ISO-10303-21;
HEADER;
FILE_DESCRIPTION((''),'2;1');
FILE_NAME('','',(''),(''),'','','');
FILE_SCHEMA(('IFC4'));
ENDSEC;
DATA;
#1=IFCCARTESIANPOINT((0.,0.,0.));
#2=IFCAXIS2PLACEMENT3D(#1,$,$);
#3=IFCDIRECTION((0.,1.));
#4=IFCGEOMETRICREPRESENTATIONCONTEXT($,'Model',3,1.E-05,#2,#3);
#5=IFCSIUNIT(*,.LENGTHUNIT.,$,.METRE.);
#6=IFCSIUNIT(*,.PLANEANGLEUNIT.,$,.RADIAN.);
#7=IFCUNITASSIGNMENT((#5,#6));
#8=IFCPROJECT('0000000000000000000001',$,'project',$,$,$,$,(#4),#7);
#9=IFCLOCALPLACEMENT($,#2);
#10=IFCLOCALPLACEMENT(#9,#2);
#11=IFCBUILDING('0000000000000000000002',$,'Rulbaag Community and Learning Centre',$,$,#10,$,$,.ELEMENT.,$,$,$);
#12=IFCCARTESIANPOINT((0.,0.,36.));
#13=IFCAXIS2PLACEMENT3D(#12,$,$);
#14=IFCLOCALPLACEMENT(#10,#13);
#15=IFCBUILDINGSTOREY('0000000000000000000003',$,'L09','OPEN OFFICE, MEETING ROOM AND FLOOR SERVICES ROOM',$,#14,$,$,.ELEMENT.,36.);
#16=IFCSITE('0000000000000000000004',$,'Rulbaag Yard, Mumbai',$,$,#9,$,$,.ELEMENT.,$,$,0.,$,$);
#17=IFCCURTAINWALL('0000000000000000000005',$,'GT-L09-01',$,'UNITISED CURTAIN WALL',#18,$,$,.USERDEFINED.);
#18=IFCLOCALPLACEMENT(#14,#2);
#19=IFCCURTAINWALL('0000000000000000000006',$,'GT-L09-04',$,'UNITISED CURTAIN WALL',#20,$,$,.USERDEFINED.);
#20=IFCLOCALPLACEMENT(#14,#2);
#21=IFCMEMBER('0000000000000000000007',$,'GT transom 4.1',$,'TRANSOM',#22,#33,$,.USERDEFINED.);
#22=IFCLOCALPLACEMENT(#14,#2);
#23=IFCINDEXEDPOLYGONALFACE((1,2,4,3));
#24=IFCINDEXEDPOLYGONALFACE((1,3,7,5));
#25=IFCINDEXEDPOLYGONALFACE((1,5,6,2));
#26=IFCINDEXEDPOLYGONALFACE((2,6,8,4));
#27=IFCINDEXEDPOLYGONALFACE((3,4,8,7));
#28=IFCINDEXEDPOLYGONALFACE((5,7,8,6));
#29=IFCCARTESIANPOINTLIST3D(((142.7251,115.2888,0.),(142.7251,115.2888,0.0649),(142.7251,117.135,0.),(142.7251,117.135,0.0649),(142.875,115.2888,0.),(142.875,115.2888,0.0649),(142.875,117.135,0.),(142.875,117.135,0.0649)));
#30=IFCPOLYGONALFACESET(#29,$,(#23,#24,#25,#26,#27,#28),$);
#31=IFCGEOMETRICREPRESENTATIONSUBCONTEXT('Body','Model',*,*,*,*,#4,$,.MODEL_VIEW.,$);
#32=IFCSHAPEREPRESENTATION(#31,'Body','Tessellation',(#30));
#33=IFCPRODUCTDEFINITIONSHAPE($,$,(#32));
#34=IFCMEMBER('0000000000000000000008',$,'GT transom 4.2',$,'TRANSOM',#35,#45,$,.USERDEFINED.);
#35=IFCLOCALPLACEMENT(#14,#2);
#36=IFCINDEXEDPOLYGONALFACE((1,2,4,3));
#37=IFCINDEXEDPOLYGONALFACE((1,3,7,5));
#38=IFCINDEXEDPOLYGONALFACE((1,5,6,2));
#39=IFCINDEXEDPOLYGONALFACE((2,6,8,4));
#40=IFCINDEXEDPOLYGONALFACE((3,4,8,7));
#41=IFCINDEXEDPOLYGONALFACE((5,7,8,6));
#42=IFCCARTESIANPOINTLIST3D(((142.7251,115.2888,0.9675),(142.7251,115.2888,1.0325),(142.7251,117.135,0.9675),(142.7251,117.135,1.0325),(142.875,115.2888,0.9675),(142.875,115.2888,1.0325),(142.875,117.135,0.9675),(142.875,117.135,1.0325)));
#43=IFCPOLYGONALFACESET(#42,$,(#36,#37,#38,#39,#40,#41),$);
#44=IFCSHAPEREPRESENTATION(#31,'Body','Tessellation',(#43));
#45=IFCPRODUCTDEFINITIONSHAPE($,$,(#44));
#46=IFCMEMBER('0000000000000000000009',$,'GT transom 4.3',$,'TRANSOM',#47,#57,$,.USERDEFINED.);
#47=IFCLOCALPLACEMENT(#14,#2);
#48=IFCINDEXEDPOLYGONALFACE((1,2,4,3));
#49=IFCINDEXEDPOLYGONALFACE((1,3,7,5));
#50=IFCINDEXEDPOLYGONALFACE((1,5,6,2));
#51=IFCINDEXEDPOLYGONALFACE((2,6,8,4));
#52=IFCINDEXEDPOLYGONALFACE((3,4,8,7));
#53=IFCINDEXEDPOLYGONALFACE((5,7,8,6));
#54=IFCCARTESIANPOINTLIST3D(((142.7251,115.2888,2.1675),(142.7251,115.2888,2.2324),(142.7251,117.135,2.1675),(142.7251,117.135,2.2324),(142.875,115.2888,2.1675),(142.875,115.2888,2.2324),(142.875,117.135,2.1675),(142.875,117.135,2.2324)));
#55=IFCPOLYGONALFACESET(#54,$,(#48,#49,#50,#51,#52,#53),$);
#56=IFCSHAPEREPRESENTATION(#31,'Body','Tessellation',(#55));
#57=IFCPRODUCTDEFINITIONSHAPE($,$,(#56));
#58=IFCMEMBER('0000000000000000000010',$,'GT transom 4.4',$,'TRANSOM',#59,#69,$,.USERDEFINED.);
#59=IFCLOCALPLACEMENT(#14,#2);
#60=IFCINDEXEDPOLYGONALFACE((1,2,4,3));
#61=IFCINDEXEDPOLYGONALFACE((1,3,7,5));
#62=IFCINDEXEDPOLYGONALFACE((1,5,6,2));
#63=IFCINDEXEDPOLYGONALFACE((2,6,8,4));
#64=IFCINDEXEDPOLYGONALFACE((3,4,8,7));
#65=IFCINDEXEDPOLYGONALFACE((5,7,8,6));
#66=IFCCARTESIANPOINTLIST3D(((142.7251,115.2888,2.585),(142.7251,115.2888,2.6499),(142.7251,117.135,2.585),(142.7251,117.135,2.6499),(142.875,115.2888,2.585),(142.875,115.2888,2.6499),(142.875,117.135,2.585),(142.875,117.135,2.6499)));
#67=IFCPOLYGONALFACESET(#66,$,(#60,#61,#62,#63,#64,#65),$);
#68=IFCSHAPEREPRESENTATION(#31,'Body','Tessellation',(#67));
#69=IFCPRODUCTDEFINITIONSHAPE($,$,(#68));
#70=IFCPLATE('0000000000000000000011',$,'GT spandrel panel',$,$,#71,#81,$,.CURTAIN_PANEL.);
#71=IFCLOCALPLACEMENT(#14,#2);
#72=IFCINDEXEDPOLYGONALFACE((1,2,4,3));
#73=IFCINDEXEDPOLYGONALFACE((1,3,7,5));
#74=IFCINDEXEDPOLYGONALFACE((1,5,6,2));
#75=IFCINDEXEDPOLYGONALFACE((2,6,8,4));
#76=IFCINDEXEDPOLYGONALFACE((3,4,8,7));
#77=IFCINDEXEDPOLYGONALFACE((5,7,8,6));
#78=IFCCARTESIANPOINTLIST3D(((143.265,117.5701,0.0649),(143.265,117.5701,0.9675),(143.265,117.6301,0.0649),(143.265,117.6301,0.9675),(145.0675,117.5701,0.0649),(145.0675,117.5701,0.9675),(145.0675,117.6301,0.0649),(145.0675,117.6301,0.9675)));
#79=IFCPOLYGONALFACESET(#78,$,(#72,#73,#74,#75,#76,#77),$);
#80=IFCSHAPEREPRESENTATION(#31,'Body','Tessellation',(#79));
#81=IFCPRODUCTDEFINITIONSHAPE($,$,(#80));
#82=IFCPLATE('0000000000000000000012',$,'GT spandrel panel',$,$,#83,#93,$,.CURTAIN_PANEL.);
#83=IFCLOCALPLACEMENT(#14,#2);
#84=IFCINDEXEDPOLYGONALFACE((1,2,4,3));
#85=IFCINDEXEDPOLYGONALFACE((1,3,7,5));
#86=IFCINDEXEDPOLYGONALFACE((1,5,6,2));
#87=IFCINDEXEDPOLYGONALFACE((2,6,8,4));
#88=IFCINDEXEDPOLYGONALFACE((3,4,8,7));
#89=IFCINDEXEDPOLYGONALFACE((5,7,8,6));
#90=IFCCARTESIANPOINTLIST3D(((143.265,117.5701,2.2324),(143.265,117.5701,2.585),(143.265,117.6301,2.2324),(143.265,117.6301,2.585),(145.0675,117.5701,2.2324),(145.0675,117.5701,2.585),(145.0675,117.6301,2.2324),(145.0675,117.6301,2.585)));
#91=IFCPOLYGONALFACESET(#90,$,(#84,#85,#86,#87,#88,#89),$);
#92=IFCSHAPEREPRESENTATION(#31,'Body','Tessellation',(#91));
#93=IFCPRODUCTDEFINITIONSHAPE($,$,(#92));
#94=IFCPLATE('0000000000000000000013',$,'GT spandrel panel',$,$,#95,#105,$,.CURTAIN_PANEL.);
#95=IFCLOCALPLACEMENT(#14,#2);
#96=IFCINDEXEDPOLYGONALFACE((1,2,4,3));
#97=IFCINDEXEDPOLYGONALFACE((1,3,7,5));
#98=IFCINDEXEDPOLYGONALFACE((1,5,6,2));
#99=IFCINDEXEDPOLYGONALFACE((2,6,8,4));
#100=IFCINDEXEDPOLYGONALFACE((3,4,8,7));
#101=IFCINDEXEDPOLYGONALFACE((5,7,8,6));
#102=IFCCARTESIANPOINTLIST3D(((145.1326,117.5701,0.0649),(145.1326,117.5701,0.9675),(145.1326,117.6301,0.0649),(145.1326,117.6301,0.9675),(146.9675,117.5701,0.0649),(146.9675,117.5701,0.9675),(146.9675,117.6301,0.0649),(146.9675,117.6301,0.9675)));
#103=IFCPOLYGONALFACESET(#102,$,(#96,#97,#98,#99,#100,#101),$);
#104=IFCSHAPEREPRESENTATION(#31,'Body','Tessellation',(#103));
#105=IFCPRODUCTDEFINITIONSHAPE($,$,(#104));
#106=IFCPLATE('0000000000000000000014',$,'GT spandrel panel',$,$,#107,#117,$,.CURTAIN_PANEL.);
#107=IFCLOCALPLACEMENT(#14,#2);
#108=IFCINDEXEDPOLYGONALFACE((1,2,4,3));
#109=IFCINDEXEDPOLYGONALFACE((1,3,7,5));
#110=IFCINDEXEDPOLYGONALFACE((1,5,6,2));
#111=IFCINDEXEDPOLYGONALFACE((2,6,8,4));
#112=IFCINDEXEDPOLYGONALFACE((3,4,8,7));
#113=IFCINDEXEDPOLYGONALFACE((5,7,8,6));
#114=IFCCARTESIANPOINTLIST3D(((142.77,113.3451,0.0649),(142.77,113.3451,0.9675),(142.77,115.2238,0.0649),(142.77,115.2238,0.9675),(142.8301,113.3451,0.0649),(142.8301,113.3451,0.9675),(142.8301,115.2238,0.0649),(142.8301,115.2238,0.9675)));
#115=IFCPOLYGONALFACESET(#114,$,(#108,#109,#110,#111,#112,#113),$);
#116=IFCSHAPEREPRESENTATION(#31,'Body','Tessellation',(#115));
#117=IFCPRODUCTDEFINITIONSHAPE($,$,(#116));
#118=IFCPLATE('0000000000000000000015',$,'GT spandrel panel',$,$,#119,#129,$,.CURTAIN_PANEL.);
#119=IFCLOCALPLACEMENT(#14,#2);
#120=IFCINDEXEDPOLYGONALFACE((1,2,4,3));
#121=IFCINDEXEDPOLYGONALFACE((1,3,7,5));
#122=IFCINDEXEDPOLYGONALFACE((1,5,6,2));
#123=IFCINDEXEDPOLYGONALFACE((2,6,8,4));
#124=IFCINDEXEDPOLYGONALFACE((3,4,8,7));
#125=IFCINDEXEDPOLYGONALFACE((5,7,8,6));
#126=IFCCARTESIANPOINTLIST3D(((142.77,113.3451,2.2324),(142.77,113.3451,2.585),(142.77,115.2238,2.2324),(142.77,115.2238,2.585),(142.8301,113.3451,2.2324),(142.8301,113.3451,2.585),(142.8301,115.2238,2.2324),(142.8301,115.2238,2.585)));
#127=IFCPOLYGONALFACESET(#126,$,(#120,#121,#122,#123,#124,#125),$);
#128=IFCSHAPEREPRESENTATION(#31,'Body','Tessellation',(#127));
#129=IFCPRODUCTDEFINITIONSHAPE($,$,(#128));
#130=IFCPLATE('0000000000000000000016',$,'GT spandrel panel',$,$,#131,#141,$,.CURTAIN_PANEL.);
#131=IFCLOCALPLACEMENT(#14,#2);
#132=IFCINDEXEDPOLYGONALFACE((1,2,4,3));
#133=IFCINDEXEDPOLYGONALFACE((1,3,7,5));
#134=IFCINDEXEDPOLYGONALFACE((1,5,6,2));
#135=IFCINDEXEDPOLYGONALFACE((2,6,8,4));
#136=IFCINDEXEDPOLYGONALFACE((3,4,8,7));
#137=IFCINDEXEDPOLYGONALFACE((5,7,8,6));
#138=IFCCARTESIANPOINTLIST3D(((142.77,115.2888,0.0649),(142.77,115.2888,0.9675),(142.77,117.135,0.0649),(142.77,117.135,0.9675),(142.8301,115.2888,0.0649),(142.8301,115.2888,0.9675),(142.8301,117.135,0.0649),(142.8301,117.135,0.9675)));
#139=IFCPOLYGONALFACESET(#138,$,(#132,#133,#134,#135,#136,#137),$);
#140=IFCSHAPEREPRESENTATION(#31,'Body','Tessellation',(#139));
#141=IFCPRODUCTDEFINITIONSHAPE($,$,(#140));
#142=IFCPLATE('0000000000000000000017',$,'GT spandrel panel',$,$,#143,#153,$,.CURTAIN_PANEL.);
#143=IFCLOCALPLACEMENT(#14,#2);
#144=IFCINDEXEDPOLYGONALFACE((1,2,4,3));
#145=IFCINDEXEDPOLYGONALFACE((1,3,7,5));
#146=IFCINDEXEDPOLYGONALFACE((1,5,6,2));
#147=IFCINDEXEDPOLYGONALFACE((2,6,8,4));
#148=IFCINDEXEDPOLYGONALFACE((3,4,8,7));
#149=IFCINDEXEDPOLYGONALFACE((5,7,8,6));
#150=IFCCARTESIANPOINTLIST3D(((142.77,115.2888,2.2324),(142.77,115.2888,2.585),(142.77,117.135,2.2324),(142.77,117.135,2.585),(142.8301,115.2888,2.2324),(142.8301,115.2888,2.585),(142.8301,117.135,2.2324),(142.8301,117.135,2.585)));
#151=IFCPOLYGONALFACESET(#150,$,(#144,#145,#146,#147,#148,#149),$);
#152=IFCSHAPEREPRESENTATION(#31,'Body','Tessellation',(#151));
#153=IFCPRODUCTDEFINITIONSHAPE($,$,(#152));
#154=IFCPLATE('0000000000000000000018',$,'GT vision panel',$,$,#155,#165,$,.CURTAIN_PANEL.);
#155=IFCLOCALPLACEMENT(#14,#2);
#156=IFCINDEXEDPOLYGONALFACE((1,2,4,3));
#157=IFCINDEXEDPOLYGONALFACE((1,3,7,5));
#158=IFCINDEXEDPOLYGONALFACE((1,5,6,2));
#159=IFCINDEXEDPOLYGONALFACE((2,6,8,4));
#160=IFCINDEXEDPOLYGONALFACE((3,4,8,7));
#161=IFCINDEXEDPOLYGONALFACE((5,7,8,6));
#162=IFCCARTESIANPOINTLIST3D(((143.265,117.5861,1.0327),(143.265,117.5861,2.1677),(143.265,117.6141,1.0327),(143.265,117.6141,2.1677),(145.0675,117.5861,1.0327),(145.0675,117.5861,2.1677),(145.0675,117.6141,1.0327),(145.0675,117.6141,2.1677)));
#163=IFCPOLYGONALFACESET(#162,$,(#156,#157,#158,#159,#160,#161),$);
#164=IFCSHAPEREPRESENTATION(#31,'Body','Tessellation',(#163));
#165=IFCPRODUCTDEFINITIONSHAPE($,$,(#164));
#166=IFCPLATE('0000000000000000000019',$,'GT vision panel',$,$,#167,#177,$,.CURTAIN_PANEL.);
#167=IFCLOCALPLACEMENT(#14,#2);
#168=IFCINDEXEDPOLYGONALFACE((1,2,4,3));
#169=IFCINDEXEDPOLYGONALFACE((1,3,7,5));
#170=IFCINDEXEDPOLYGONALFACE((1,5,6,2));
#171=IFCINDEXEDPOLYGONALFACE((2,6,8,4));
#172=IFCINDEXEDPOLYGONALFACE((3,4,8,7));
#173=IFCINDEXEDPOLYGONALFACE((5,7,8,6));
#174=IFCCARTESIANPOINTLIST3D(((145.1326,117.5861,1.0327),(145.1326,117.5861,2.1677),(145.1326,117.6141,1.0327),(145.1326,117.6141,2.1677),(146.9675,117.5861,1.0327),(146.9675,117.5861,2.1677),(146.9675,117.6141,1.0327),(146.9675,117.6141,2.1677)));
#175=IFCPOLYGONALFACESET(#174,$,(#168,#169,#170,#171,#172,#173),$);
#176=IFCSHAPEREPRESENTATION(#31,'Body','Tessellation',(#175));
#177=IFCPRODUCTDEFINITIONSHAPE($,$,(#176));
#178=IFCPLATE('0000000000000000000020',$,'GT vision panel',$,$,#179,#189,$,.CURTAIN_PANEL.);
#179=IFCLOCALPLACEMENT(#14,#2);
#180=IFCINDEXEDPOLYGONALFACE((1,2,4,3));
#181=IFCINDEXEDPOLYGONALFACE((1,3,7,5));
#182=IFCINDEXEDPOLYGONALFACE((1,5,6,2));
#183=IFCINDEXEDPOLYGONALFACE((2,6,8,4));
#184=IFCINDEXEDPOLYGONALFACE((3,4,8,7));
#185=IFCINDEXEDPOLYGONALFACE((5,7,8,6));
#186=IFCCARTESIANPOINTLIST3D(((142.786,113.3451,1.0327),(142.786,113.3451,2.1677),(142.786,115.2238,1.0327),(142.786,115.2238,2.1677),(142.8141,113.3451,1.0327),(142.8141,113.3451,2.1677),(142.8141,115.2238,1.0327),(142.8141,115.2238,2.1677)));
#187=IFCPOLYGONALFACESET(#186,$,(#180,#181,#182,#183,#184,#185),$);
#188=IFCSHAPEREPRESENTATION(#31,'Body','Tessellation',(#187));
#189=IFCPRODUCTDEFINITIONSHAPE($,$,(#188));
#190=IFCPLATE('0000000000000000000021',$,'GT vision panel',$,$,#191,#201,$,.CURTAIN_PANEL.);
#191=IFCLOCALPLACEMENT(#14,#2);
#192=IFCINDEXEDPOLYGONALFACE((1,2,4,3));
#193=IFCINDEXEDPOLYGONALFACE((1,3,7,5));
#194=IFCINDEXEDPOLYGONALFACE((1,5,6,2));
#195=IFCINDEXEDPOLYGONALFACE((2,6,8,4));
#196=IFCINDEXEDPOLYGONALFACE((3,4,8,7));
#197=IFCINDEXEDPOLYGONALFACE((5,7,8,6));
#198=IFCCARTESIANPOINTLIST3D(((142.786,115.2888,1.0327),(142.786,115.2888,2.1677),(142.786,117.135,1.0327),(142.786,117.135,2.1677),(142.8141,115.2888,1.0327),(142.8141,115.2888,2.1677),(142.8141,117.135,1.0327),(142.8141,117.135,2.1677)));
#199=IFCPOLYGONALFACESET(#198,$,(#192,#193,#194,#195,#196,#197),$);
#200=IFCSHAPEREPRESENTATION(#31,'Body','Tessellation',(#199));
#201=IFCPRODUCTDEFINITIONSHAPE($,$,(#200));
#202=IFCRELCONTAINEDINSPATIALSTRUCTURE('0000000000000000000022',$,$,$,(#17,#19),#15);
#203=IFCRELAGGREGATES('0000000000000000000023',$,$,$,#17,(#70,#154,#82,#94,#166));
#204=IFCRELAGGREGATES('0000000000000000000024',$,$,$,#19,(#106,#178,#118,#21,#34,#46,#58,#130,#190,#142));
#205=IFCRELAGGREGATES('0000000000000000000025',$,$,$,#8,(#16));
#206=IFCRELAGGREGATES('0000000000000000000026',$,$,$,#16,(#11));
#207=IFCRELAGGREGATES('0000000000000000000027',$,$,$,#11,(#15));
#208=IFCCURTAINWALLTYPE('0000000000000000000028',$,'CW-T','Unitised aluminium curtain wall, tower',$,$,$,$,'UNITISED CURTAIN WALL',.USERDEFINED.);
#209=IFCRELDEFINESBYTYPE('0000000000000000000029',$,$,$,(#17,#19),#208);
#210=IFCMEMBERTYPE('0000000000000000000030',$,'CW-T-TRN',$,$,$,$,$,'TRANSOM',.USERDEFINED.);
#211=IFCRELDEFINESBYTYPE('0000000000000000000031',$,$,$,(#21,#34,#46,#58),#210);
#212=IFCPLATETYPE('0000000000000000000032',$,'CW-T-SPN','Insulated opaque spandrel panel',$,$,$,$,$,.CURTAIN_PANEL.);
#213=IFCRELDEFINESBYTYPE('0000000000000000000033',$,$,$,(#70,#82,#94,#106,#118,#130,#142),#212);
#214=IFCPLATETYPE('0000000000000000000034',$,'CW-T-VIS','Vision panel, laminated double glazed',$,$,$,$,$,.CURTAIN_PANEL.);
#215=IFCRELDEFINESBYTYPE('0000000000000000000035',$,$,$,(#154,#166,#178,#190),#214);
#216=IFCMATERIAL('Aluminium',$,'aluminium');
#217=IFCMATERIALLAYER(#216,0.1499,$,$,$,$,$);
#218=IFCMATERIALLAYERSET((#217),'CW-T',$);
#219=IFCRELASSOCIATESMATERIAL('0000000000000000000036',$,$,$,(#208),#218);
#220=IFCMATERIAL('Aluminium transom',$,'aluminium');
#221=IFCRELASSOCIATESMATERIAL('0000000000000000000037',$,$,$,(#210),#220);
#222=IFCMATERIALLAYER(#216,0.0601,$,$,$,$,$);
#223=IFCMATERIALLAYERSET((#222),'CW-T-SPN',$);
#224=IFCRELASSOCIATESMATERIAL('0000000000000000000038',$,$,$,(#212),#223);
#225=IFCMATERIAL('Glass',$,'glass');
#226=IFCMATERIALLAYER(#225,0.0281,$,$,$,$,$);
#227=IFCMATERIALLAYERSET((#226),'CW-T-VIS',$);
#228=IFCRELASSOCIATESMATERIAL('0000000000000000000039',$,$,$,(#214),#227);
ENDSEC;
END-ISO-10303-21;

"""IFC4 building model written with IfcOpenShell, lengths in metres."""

from ifc_helpers import new_model, si_unit, direction, frame, origin, origin_2d, place, context, subcontext, project, spatial, rectangle, extrude, material, layer, layer_set, material_profile, profile_set, type_object, element, aggregate, save


model = new_model("IFC4")

# Units and contexts
model_context = context("Model", 3, precision=1e-05, world=origin(), true_north=direction((0.0, 1.0)))
body_context = subcontext(model_context, "Body", "Model", "MODEL_VIEW")
ifc_project = project(units=[si_unit("LENGTHUNIT", "METRE"), si_unit("PLANEANGLEUNIT", "RADIAN")], contexts=[model_context])

# Site, building, storey
site_placement = place(None, origin())
site = spatial("IfcSite", under=ifc_project, at=site_placement, Name="Rulbaag Yard, Mumbai", CompositionType="ELEMENT", RefElevation=0.0)
building_placement = place(site_placement, origin())
building = spatial("IfcBuilding", under=site, at=building_placement, Name="Rulbaag Community and Learning Centre", CompositionType="ELEMENT")
storey_placement = place(building_placement, frame((0.0, 0.0, 36.0)))
storey = spatial("IfcBuildingStorey", under=building, at=storey_placement, Name="L09", Description="OPEN OFFICE, MEETING ROOM AND FLOOR SERVICES ROOM", CompositionType="ELEMENT", Elevation=36.0)

# Curtain walls, members
ifc_material_1 = material(Name="Aluminium", Category="aluminium")
ifc_layer_1 = layer(ifc_material_1, 0.1499)
ifc_layer_set_1 = layer_set([ifc_layer_1], Name="CW-T")
curtain_wall_type = type_object("IfcCurtainWallType", Name="CW-T", Description="Unitised aluminium curtain wall, tower", ElementType="UNITISED CURTAIN WALL", PredefinedType="USERDEFINED", material=ifc_layer_set_1)
curtain_wall_1_placement = place(storey_placement, origin())
curtain_wall_1 = element("IfcCurtainWall", 1, at=curtain_wall_1_placement, inside=storey, type_object=curtain_wall_type, Name="GT-L09-01", ObjectType="UNITISED CURTAIN WALL", PredefinedType="USERDEFINED")
ifc_material_2 = material(Name="Aluminium transom", Category="aluminium")
ifc_material_profile_1 = material_profile(ifc_material_2, rectangle(XDim=0.1499, YDim=0.0649, at=origin_2d()), Name="AL 65x150 T")
ifc_profile_set_1 = profile_set([ifc_material_profile_1], Name="Aluminium transom")
member_type_1 = type_object("IfcMemberType", Name="CW-T-TRN", ElementType="TRANSOM", PredefinedType="USERDEFINED", material=ifc_profile_set_1)
curtain_wall_2_placement = place(storey_placement, origin())
curtain_wall_2 = element("IfcCurtainWall", 2, at=curtain_wall_2_placement, inside=storey, type_object=curtain_wall_type, Name="GT-L09-04", ObjectType="UNITISED CURTAIN WALL", PredefinedType="USERDEFINED")
member_1_placement = place(storey_placement, frame((142.8, 115.2888, 0.0325), z_axis=(0.0, 1.0, 0.0), x_axis=(-1.0, 0.0, 0.0)))
member_1 = element("IfcMember", 3, at=member_1_placement, type_object=member_type_1, Name="GT transom 4.1", ObjectType="TRANSOM", PredefinedType="USERDEFINED", context=body_context, shape_type="SweptSolid", body=[
    extrude(rectangle(XDim=0.1499, YDim=0.0649, at=origin_2d()), origin(), (0.0, 0.0, 1.0), 1.8462),
])
member_2_placement = place(storey_placement, frame((142.8, 115.2888, 1.0), z_axis=(0.0, 1.0, 0.0), x_axis=(-1.0, 0.0, 0.0)))
member_2 = element("IfcMember", 4, at=member_2_placement, type_object=member_type_1, Name="GT transom 4.2", ObjectType="TRANSOM", PredefinedType="USERDEFINED", context=body_context, shape_type="SweptSolid", body=[
    extrude(rectangle(XDim=0.1499, YDim=0.0649, at=origin_2d()), origin(), (0.0, 0.0, 1.0), 1.8462),
])
member_3_placement = place(storey_placement, frame((142.8, 115.2888, 2.2), z_axis=(0.0, 1.0, 0.0), x_axis=(-1.0, 0.0, 0.0)))
member_3 = element("IfcMember", 5, at=member_3_placement, type_object=member_type_1, Name="GT transom 4.3", ObjectType="TRANSOM", PredefinedType="USERDEFINED", context=body_context, shape_type="SweptSolid", body=[
    extrude(rectangle(XDim=0.1499, YDim=0.0649, at=origin_2d()), origin(), (0.0, 0.0, 1.0), 1.8462),
])
member_4_placement = place(storey_placement, frame((142.8, 115.2888, 2.6174), z_axis=(0.0, 1.0, 0.0), x_axis=(-1.0, 0.0, 0.0)))
member_4 = element("IfcMember", 6, at=member_4_placement, type_object=member_type_1, Name="GT transom 4.4", ObjectType="TRANSOM", PredefinedType="USERDEFINED", context=body_context, shape_type="SweptSolid", body=[
    extrude(rectangle(XDim=0.1499, YDim=0.0649, at=origin_2d()), origin(), (0.0, 0.0, 1.0), 1.8462),
])

# Plates
ifc_layer_2 = layer(ifc_material_1, 0.0601)
ifc_layer_set_2 = layer_set([ifc_layer_2], Name="CW-T-SPN")
plate_type_1 = type_object("IfcPlateType", Name="CW-T-SPN", Description="Insulated opaque spandrel panel", PredefinedType="CURTAIN_PANEL", material=ifc_layer_set_2)
plate_1_placement = place(storey_placement, frame((144.1663, 117.6001, 0.0649), z_axis=(0.0, 0.0, 1.0), x_axis=(1.0, 0.0, 0.0)))
plate_1 = element("IfcPlate", 7, at=plate_1_placement, type_object=plate_type_1, Name="GT spandrel panel", PredefinedType="CURTAIN_PANEL", context=body_context, shape_type="SweptSolid", body=[
    extrude(rectangle(XDim=1.8025, YDim=0.0601, at=origin_2d()), origin(), (0.0, 0.0, 1.0), 0.9026),
])
plate_2_placement = place(storey_placement, frame((144.1663, 117.6001, 2.2324), z_axis=(0.0, 0.0, 1.0), x_axis=(1.0, 0.0, 0.0)))
plate_2 = element("IfcPlate", 8, at=plate_2_placement, type_object=plate_type_1, Name="GT spandrel panel", PredefinedType="CURTAIN_PANEL", context=body_context, shape_type="SweptSolid", body=[
    extrude(rectangle(XDim=1.8025, YDim=0.0601, at=origin_2d()), origin(), (0.0, 0.0, 1.0), 0.3525),
])
plate_3_placement = place(storey_placement, frame((146.05, 117.6001, 0.0649), z_axis=(0.0, 0.0, 1.0), x_axis=(1.0, 0.0, 0.0)))
plate_3 = element("IfcPlate", 9, at=plate_3_placement, type_object=plate_type_1, Name="GT spandrel panel", PredefinedType="CURTAIN_PANEL", context=body_context, shape_type="SweptSolid", body=[
    extrude(rectangle(XDim=1.835, YDim=0.0601, at=origin_2d()), origin(), (0.0, 0.0, 1.0), 0.9026),
])
plate_4_placement = place(storey_placement, frame((142.8, 114.2844, 0.0649), z_axis=(0.0, 0.0, 1.0), x_axis=(0.0, 1.0, 0.0)))
plate_4 = element("IfcPlate", 10, at=plate_4_placement, type_object=plate_type_1, Name="GT spandrel panel", PredefinedType="CURTAIN_PANEL", context=body_context, shape_type="SweptSolid", body=[
    extrude(rectangle(XDim=1.8787, YDim=0.0601, at=origin_2d()), origin(), (0.0, 0.0, 1.0), 0.9026),
])
plate_5_placement = place(storey_placement, frame((142.8, 114.2844, 2.2324), z_axis=(0.0, 0.0, 1.0), x_axis=(0.0, 1.0, 0.0)))
plate_5 = element("IfcPlate", 11, at=plate_5_placement, type_object=plate_type_1, Name="GT spandrel panel", PredefinedType="CURTAIN_PANEL", context=body_context, shape_type="SweptSolid", body=[
    extrude(rectangle(XDim=1.8787, YDim=0.0601, at=origin_2d()), origin(), (0.0, 0.0, 1.0), 0.3525),
])
plate_6_placement = place(storey_placement, frame((142.8, 116.2119, 0.0649), z_axis=(0.0, 0.0, 1.0), x_axis=(0.0, 1.0, 0.0)))
plate_6 = element("IfcPlate", 12, at=plate_6_placement, type_object=plate_type_1, Name="GT spandrel panel", PredefinedType="CURTAIN_PANEL", context=body_context, shape_type="SweptSolid", body=[
    extrude(rectangle(XDim=1.8462, YDim=0.0601, at=origin_2d()), origin(), (0.0, 0.0, 1.0), 0.9026),
])
plate_7_placement = place(storey_placement, frame((142.8, 116.2119, 2.2324), z_axis=(0.0, 0.0, 1.0), x_axis=(0.0, 1.0, 0.0)))
plate_7 = element("IfcPlate", 13, at=plate_7_placement, type_object=plate_type_1, Name="GT spandrel panel", PredefinedType="CURTAIN_PANEL", context=body_context, shape_type="SweptSolid", body=[
    extrude(rectangle(XDim=1.8462, YDim=0.0601, at=origin_2d()), origin(), (0.0, 0.0, 1.0), 0.3525),
])
ifc_material_3 = material(Name="Glass", Category="glass")
ifc_layer_3 = layer(ifc_material_3, 0.0281)
ifc_layer_set_3 = layer_set([ifc_layer_3], Name="CW-T-VIS")
plate_type_2 = type_object("IfcPlateType", Name="CW-T-VIS", Description="Vision panel, laminated double glazed", PredefinedType="CURTAIN_PANEL", material=ifc_layer_set_3)
plate_8_placement = place(storey_placement, frame((144.1663, 117.6001, 1.0327), z_axis=(0.0, 0.0, 1.0), x_axis=(1.0, 0.0, 0.0)))
plate_8 = element("IfcPlate", 14, at=plate_8_placement, type_object=plate_type_2, Name="GT vision panel", PredefinedType="CURTAIN_PANEL", context=body_context, shape_type="SweptSolid", body=[
    extrude(rectangle(XDim=1.8025, YDim=0.0281, at=origin_2d()), origin(), (0.0, 0.0, 1.0), 1.135),
])
plate_9_placement = place(storey_placement, frame((146.05, 117.6001, 1.0327), z_axis=(0.0, 0.0, 1.0), x_axis=(1.0, 0.0, 0.0)))
plate_9 = element("IfcPlate", 15, at=plate_9_placement, type_object=plate_type_2, Name="GT vision panel", PredefinedType="CURTAIN_PANEL", context=body_context, shape_type="SweptSolid", body=[
    extrude(rectangle(XDim=1.835, YDim=0.0281, at=origin_2d()), origin(), (0.0, 0.0, 1.0), 1.135),
])
aggregate(curtain_wall_1, [plate_1, plate_8, plate_2, plate_3, plate_9])
plate_10_placement = place(storey_placement, frame((142.8, 114.2844, 1.0327), z_axis=(0.0, 0.0, 1.0), x_axis=(0.0, 1.0, 0.0)))
plate_10 = element("IfcPlate", 16, at=plate_10_placement, type_object=plate_type_2, Name="GT vision panel", PredefinedType="CURTAIN_PANEL", context=body_context, shape_type="SweptSolid", body=[
    extrude(rectangle(XDim=1.8787, YDim=0.0281, at=origin_2d()), origin(), (0.0, 0.0, 1.0), 1.135),
])
plate_11_placement = place(storey_placement, frame((142.8, 116.2119, 1.0327), z_axis=(0.0, 0.0, 1.0), x_axis=(0.0, 1.0, 0.0)))
plate_11 = element("IfcPlate", 17, at=plate_11_placement, type_object=plate_type_2, Name="GT vision panel", PredefinedType="CURTAIN_PANEL", context=body_context, shape_type="SweptSolid", body=[
    extrude(rectangle(XDim=1.8462, YDim=0.0281, at=origin_2d()), origin(), (0.0, 0.0, 1.0), 1.135),
])
aggregate(curtain_wall_2, [plate_4, plate_10, plate_5, member_1, member_2, member_3, member_4, plate_6, plate_11, plate_7])

save(model, "model.ifc")
